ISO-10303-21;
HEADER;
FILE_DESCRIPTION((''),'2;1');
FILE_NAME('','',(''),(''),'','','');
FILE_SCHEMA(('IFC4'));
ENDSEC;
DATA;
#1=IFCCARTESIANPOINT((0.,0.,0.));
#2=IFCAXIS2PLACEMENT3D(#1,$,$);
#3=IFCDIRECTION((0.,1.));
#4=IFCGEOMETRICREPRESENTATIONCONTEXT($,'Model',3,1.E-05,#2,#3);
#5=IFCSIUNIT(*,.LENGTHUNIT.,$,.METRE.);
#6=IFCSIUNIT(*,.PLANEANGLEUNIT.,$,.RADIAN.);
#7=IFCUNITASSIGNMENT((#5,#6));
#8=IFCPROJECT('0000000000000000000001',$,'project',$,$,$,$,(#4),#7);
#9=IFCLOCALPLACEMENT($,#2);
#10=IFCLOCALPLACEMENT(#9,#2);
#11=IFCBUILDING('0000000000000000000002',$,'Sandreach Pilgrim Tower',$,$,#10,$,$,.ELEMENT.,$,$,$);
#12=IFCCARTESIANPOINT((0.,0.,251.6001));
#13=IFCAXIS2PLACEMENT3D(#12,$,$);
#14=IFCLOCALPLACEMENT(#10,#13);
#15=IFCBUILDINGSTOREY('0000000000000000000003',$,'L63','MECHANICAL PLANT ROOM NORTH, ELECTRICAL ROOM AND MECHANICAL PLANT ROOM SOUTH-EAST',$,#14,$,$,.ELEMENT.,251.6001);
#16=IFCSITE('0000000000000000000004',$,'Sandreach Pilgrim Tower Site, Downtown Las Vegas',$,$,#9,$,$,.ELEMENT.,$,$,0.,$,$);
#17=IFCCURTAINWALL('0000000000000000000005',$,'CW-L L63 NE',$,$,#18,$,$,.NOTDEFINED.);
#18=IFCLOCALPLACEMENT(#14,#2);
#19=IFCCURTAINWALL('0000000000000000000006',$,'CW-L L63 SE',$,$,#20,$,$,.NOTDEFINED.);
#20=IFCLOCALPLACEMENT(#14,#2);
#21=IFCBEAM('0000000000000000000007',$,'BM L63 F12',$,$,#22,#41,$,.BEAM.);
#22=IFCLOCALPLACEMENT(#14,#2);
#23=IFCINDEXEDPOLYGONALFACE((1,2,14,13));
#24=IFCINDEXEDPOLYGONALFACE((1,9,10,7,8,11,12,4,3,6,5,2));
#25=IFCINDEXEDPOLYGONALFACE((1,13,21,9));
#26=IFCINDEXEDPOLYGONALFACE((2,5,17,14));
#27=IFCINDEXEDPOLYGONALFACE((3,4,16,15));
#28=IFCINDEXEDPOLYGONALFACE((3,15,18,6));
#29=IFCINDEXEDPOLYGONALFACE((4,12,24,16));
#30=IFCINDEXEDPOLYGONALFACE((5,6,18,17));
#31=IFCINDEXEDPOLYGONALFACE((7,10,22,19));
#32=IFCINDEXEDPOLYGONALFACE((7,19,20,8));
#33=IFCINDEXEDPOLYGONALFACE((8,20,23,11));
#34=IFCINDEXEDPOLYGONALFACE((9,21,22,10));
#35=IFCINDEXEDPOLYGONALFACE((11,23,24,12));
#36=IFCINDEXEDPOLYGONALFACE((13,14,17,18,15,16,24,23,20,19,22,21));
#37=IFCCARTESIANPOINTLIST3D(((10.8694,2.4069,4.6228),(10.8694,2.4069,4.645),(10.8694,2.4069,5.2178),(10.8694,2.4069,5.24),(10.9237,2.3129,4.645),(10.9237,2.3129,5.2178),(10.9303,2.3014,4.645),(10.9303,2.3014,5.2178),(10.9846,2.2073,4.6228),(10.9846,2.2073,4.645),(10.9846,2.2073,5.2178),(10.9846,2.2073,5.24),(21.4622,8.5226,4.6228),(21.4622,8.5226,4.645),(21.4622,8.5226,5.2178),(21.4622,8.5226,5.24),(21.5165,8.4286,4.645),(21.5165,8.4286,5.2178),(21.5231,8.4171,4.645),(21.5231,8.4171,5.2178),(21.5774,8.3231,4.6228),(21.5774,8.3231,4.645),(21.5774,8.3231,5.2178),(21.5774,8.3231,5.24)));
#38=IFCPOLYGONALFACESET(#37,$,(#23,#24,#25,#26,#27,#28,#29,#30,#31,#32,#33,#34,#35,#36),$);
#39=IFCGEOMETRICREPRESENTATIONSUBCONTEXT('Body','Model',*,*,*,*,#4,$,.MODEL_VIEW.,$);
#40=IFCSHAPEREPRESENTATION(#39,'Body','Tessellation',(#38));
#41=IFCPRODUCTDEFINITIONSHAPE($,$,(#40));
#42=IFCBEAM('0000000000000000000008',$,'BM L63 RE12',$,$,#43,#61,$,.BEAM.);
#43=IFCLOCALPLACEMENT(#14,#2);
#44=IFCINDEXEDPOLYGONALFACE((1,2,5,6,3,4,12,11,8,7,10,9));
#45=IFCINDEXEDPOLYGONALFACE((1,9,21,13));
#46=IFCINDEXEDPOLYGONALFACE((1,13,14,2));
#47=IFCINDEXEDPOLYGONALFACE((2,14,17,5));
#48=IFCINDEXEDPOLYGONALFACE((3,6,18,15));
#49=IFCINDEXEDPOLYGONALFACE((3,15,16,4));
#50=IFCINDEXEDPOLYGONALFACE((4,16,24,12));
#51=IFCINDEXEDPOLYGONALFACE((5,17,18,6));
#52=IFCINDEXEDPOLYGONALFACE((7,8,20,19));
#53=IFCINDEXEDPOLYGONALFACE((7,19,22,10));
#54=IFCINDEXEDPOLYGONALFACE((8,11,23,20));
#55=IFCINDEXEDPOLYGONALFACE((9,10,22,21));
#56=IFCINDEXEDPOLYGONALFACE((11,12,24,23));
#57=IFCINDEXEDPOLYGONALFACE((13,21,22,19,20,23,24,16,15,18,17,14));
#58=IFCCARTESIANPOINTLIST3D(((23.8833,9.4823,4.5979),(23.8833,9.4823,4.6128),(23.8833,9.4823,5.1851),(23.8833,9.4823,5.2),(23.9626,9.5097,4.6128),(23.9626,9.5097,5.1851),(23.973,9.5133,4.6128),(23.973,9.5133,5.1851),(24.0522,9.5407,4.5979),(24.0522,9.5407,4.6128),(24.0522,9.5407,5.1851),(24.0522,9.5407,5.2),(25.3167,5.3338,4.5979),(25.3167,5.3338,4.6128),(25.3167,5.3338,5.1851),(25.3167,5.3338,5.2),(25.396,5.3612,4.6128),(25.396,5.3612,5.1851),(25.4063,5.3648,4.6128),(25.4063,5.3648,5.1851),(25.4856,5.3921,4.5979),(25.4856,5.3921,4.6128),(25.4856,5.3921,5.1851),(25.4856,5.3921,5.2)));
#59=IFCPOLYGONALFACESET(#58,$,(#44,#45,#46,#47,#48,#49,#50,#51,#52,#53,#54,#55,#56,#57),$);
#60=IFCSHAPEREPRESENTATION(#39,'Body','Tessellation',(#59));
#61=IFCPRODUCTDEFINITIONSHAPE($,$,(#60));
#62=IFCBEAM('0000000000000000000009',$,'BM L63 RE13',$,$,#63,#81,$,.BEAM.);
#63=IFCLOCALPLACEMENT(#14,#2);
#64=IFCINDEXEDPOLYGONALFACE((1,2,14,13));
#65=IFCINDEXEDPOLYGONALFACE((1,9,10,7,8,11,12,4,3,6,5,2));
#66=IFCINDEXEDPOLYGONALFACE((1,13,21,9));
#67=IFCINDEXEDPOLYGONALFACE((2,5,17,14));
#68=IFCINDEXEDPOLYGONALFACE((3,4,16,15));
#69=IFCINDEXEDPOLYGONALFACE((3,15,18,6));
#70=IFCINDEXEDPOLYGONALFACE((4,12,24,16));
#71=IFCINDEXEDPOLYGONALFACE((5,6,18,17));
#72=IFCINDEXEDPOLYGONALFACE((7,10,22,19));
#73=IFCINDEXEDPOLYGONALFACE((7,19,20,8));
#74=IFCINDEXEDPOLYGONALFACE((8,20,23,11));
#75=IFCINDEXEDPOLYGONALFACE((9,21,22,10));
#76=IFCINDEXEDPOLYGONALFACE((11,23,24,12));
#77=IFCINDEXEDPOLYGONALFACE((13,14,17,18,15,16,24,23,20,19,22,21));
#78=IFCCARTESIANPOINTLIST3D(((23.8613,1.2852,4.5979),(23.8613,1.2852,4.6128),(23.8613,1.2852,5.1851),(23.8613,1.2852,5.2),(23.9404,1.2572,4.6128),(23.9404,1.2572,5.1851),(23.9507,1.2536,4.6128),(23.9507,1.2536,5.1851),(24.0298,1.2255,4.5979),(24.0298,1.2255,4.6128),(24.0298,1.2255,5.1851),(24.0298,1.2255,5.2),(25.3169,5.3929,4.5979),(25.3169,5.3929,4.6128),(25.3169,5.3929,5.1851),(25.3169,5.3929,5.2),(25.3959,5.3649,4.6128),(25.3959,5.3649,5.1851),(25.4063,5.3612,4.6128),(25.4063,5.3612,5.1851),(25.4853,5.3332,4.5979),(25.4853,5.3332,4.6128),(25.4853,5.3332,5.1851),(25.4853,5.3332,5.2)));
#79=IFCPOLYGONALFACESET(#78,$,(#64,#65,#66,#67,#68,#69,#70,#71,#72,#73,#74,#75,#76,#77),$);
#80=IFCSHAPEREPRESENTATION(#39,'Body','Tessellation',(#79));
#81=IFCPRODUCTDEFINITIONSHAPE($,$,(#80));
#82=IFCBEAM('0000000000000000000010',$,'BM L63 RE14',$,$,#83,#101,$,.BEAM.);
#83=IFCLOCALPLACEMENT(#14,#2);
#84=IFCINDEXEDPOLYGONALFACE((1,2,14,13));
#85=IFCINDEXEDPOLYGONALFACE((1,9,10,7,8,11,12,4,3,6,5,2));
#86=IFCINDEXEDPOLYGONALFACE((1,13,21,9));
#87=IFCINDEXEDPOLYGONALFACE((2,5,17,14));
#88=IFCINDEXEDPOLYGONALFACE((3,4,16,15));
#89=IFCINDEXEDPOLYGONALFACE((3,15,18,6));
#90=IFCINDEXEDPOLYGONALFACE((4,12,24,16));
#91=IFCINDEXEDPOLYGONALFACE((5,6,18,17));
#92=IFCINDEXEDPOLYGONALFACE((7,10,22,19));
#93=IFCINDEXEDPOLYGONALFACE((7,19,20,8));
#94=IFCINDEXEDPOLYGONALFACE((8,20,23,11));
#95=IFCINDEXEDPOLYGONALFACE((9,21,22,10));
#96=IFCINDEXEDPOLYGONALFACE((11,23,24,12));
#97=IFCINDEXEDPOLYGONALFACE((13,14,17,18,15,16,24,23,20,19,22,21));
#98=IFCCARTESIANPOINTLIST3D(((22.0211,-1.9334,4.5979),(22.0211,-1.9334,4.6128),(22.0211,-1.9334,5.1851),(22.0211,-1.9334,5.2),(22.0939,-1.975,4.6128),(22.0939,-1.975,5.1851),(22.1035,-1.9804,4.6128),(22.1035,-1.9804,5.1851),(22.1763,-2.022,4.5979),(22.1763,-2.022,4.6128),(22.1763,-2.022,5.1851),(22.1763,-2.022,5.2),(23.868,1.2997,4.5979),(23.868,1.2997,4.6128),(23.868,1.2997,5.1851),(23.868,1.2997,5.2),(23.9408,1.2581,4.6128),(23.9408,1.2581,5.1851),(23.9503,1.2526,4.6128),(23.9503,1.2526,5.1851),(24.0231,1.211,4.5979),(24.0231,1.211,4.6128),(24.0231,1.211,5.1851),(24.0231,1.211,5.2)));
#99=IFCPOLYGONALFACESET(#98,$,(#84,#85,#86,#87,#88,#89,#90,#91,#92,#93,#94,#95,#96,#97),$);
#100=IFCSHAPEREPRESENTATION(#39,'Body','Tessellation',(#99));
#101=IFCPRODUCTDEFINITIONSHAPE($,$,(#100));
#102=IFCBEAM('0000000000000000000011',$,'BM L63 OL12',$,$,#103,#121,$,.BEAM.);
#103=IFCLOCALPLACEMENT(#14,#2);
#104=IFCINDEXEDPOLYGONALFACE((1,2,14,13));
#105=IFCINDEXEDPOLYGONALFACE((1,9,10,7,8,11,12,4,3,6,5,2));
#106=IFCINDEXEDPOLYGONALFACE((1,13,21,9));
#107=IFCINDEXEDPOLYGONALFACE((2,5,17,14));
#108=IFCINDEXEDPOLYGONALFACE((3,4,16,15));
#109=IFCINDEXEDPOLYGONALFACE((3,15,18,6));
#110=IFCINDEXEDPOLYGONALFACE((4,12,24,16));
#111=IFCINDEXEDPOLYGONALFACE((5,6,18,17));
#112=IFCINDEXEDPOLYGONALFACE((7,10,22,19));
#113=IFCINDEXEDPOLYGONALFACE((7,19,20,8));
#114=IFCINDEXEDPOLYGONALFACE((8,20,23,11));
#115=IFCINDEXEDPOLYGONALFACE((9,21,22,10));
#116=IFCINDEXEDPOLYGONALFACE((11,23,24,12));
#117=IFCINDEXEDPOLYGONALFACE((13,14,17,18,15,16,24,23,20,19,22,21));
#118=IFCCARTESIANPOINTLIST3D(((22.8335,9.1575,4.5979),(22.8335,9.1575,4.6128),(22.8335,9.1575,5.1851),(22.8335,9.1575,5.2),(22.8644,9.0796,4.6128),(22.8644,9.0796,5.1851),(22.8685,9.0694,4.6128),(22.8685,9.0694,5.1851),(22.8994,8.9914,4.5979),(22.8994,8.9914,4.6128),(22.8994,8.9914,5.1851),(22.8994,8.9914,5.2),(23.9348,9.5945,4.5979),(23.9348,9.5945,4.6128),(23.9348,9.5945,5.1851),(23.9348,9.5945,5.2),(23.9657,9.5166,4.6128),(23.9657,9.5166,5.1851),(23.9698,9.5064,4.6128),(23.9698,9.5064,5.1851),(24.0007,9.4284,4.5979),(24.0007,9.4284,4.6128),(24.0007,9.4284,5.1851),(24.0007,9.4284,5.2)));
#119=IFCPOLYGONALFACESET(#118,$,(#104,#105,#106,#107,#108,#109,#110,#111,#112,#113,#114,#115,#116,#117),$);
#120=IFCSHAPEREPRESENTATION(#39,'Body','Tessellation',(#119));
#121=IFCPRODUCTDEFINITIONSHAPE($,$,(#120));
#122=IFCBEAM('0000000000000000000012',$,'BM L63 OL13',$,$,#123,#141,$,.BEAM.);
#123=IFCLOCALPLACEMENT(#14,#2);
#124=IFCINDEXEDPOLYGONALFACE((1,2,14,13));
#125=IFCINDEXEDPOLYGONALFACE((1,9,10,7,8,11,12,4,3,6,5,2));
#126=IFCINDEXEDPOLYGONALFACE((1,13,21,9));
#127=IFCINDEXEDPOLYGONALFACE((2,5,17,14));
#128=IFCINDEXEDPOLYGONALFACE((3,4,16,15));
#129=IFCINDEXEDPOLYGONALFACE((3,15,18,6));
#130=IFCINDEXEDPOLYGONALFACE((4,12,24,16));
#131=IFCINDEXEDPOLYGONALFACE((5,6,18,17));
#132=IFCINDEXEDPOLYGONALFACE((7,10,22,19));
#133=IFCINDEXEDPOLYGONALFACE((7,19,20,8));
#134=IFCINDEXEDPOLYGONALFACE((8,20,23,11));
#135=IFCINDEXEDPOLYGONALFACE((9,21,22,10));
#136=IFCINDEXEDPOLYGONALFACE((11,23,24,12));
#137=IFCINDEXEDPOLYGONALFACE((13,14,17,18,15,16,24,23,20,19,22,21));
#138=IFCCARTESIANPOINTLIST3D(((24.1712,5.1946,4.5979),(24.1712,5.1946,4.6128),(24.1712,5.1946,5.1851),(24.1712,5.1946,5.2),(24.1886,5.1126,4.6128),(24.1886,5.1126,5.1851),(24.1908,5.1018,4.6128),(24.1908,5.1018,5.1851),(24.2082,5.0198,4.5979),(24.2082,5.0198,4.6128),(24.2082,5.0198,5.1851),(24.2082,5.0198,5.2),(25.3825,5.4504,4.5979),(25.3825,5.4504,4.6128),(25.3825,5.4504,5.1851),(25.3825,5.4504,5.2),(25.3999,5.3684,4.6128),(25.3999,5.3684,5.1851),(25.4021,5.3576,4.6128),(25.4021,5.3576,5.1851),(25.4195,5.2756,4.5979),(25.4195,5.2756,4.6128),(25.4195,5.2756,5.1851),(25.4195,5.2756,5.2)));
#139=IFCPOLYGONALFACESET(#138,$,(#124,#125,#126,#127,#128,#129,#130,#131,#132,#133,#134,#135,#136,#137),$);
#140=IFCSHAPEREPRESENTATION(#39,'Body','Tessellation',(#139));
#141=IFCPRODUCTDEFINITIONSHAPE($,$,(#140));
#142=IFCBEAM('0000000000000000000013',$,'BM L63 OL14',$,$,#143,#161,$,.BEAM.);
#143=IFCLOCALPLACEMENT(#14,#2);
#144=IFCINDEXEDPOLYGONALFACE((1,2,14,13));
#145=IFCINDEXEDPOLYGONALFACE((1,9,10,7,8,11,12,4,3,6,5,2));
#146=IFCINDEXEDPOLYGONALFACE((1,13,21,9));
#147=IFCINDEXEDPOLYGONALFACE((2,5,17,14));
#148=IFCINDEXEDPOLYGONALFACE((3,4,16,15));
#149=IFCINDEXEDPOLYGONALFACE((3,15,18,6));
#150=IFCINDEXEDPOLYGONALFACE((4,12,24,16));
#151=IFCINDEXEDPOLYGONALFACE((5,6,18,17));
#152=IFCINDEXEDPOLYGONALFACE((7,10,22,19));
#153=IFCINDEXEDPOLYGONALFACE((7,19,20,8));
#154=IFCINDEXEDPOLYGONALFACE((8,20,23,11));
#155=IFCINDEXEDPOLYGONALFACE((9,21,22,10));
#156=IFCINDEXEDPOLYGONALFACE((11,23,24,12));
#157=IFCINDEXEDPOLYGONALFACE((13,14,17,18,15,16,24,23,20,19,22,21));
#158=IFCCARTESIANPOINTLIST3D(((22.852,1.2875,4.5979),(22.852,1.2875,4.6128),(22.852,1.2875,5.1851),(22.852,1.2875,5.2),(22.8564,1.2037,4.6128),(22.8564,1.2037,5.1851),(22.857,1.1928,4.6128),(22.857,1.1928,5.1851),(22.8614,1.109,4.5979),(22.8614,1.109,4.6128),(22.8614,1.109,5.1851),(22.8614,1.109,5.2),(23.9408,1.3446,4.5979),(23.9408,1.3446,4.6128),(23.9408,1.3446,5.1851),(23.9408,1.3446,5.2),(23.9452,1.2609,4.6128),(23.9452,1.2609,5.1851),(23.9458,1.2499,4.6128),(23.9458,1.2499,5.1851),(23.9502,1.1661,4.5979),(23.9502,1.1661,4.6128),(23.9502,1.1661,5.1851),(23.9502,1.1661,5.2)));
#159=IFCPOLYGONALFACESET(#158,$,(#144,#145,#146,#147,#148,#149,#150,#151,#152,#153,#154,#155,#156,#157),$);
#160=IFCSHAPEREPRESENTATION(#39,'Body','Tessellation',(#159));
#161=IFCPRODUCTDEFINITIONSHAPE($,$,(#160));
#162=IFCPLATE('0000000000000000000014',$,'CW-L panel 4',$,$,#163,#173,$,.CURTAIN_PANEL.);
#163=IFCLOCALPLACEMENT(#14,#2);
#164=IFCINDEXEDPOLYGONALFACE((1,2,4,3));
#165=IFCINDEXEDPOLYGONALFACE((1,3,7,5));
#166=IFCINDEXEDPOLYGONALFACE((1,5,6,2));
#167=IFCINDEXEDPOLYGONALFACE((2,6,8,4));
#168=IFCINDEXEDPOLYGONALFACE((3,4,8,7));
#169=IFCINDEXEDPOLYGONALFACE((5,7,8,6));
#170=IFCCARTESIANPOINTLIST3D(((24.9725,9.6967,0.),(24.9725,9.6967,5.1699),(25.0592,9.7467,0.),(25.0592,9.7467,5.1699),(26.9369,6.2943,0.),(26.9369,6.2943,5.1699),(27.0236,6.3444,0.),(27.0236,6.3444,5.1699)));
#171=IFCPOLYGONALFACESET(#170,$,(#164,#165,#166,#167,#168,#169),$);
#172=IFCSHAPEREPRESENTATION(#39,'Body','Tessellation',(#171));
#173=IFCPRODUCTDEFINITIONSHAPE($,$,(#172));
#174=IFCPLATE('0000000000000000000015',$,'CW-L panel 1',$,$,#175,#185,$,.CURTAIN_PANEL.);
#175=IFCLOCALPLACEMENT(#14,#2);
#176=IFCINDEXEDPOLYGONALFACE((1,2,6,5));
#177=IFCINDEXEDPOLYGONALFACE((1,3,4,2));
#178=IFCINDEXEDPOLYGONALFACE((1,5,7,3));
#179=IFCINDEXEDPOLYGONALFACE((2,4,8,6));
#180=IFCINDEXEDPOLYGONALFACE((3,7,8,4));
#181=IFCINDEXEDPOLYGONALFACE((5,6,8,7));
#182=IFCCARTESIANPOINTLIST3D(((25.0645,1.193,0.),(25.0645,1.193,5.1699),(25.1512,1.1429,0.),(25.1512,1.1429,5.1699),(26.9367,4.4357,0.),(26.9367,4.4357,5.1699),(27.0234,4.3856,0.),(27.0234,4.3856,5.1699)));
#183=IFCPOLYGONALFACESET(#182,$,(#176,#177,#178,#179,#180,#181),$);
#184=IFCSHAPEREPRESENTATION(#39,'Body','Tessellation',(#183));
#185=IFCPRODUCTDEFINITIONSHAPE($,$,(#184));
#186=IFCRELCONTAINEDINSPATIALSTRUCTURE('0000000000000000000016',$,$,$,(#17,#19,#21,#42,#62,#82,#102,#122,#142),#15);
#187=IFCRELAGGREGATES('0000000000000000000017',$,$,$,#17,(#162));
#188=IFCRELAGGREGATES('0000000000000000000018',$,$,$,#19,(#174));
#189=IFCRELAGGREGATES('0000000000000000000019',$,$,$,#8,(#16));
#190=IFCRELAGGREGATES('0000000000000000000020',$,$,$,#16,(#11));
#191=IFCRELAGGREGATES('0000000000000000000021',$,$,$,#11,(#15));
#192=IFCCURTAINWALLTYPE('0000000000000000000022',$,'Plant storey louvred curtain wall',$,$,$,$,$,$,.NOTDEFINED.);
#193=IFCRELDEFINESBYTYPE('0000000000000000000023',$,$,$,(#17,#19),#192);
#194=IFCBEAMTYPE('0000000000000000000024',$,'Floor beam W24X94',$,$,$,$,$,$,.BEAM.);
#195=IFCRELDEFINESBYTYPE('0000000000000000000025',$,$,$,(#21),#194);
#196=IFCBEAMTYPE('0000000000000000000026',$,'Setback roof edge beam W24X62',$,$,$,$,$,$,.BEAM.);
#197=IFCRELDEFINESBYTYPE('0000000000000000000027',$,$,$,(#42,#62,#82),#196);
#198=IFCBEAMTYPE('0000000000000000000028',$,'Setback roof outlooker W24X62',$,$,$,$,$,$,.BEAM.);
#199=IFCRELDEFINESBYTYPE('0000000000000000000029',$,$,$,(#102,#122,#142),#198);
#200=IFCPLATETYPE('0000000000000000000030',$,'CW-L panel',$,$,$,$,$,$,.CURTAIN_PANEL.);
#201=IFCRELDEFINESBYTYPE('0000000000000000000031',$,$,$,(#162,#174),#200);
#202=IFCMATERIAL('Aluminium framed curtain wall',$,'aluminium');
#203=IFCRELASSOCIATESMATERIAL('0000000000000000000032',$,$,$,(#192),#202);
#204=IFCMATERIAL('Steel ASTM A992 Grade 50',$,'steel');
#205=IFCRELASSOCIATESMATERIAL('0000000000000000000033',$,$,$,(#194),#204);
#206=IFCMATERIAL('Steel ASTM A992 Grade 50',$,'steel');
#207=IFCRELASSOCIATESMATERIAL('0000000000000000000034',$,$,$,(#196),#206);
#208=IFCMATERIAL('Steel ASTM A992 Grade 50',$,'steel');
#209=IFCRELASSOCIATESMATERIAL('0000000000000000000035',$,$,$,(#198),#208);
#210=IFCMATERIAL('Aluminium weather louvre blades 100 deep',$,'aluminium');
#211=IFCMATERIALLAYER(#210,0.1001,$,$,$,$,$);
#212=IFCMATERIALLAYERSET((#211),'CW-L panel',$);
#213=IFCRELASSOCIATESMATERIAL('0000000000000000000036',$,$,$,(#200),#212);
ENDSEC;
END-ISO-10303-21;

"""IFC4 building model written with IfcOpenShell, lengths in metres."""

from ifc_helpers import new_model, si_unit, direction, frame, origin, origin_2d, place, context, subcontext, project, spatial, rectangle, i_section, extrude, material, layer, layer_set, material_profile, profile_set, type_object, element, aggregate, save


model = new_model("IFC4")

# Units and contexts
model_context = context("Model", 3, precision=1e-05, world=origin(), true_north=direction((0.0, 1.0)))
body_context = subcontext(model_context, "Body", "Model", "MODEL_VIEW")
ifc_project = project(units=[si_unit("LENGTHUNIT", "METRE"), si_unit("PLANEANGLEUNIT", "RADIAN")], contexts=[model_context])

# Site, building, storey
site_placement = place(None, origin())
site = spatial("IfcSite", under=ifc_project, at=site_placement, Name="Sandreach Pilgrim Tower Site, Downtown Las Vegas", CompositionType="ELEMENT", RefElevation=0.0)
building_placement = place(site_placement, origin())
building = spatial("IfcBuilding", under=site, at=building_placement, Name="Sandreach Pilgrim Tower", CompositionType="ELEMENT")
storey_placement = place(building_placement, frame((0.0, 0.0, 251.6001)))
storey = spatial("IfcBuildingStorey", under=building, at=storey_placement, Name="L63", Description="MECHANICAL PLANT ROOM NORTH, ELECTRICAL ROOM AND MECHANICAL PLANT ROOM SOUTH-EAST", CompositionType="ELEMENT", Elevation=251.6001)

# Curtain wall
ifc_material_1 = material(Name="Aluminium framed curtain wall", Category="aluminium")
curtain_wall_type = type_object("IfcCurtainWallType", Name="Plant storey louvred curtain wall", PredefinedType="NOTDEFINED", material=ifc_material_1)
curtain_wall_1_placement = place(storey_placement, origin())
curtain_wall_1 = element("IfcCurtainWall", 1, at=curtain_wall_1_placement, inside=storey, type_object=curtain_wall_type, Name="CW-L L63 NE", PredefinedType="NOTDEFINED")

# Curtain wall
curtain_wall_2_placement = place(storey_placement, origin())
curtain_wall_2 = element("IfcCurtainWall", 2, at=curtain_wall_2_placement, inside=storey, type_object=curtain_wall_type, Name="CW-L L63 SE", PredefinedType="NOTDEFINED")

# Beams
ifc_material_2 = material(Name="Steel ASTM A992 Grade 50", Category="steel")
ifc_material_profile_1 = material_profile(ifc_material_2, i_section(OverallWidth=0.2305, OverallDepth=0.6172, WebThickness=0.0132, FlangeThickness=0.0222, at=origin_2d()), Name="W24X94")
ifc_profile_set_1 = profile_set([ifc_material_profile_1], Name="Steel ASTM A992 Grade 50")
beam_type_1 = type_object("IfcBeamType", Name="Floor beam W24X94", PredefinedType="BEAM", material=ifc_profile_set_1)
beam_1_placement = place(storey_placement, frame((21.5198, 8.4229, 4.9314), z_axis=(-0.866026, -0.499999, 0.0), x_axis=(0.499999, -0.866026, 0.0)))
element("IfcBeam", 3, at=beam_1_placement, inside=storey, type_object=beam_type_1, Name="BM L63 F12", PredefinedType="BEAM", context=body_context, shape_type="SweptSolid", body=[
    extrude(i_section(OverallWidth=0.2305, OverallDepth=0.6172, WebThickness=0.0132, FlangeThickness=0.0222, at=origin_2d()), origin(), (0.0, 0.0, 1.0), 12.2314),
])
ifc_material_3 = material(Name="Steel ASTM A992 Grade 50", Category="steel")
ifc_material_profile_2 = material_profile(ifc_material_3, i_section(OverallWidth=0.1787, OverallDepth=0.6021, WebThickness=0.011, FlangeThickness=0.0149, at=origin_2d()), Name="W24X62")
ifc_profile_set_2 = profile_set([ifc_material_profile_2], Name="Steel ASTM A992 Grade 50")
beam_type_2 = type_object("IfcBeamType", Name="Setback roof edge beam W24X62", PredefinedType="BEAM", material=ifc_profile_set_2)
beam_2_placement = place(storey_placement, frame((23.9678, 9.5115, 4.8989), z_axis=(0.326572, -0.945172, 0.0), x_axis=(0.945172, 0.326572, 0.0)))
element("IfcBeam", 4, at=beam_2_placement, inside=storey, type_object=beam_type_2, Name="BM L63 RE12", PredefinedType="BEAM", context=body_context, shape_type="SweptSolid", body=[
    extrude(i_section(OverallWidth=0.1787, OverallDepth=0.6021, WebThickness=0.011, FlangeThickness=0.0149, at=origin_2d()), origin(), (0.0, 0.0, 1.0), 4.3892),
])
beam_3_placement = place(storey_placement, frame((25.4011, 5.363, 4.8989), z_axis=(-0.334004, -0.942572, 0.0), x_axis=(0.942572, -0.334004, 0.0)))
element("IfcBeam", 5, at=beam_3_placement, inside=storey, type_object=beam_type_2, Name="BM L63 RE13", PredefinedType="BEAM", context=body_context, shape_type="SweptSolid", body=[
    extrude(i_section(OverallWidth=0.1787, OverallDepth=0.6021, WebThickness=0.011, FlangeThickness=0.0149, at=origin_2d()), origin(), (0.0, 0.0, 1.0), 4.3579),
])
beam_4_placement = place(storey_placement, frame((23.9456, 1.2554, 4.8989), z_axis=(-0.496019, -0.868312, 0.0), x_axis=(0.868312, -0.496019, 0.0)))
element("IfcBeam", 6, at=beam_4_placement, inside=storey, type_object=beam_type_2, Name="BM L63 RE14", PredefinedType="BEAM", context=body_context, shape_type="SweptSolid", body=[
    extrude(i_section(OverallWidth=0.1787, OverallDepth=0.6021, WebThickness=0.011, FlangeThickness=0.0149, at=origin_2d()), origin(), (0.0, 0.0, 1.0), 3.7234),
])
ifc_material_4 = material(Name="Steel ASTM A992 Grade 50", Category="steel")
ifc_material_profile_3 = material_profile(ifc_material_4, i_section(OverallWidth=0.1787, OverallDepth=0.6021, WebThickness=0.011, FlangeThickness=0.0149, at=origin_2d()), Name="W24X62")
ifc_profile_set_3 = profile_set([ifc_material_profile_3], Name="Steel ASTM A992 Grade 50")
beam_type_3 = type_object("IfcBeamType", Name="Setback roof outlooker W24X62", PredefinedType="BEAM", material=ifc_profile_set_3)
beam_5_placement = place(storey_placement, frame((22.8665, 9.0745, 4.8989), z_axis=(0.929496, 0.368831, 0.0), x_axis=(-0.368831, 0.929496, 0.0)))
element("IfcBeam", 7, at=beam_5_placement, inside=storey, type_object=beam_type_3, Name="BM L63 OL12", PredefinedType="BEAM", context=body_context, shape_type="SweptSolid", body=[
    extrude(i_section(OverallWidth=0.1787, OverallDepth=0.6021, WebThickness=0.011, FlangeThickness=0.0149, at=origin_2d()), origin(), (0.0, 0.0, 1.0), 1.1848),
])
beam_6_placement = place(storey_placement, frame((24.1897, 5.1072, 4.8989), z_axis=(0.978416, 0.206646, 0.0), x_axis=(-0.206646, 0.978416, 0.0)))
element("IfcBeam", 8, at=beam_6_placement, inside=storey, type_object=beam_type_3, Name="BM L63 OL13", PredefinedType="BEAM", context=body_context, shape_type="SweptSolid", body=[
    extrude(i_section(OverallWidth=0.1787, OverallDepth=0.6021, WebThickness=0.011, FlangeThickness=0.0149, at=origin_2d()), origin(), (0.0, 0.0, 1.0), 1.238),
])
beam_7_placement = place(storey_placement, frame((22.8567, 1.1982, 4.8989), z_axis=(0.998626, 0.052394, 0.0), x_axis=(-0.052394, 0.998626, 0.0)))
element("IfcBeam", 9, at=beam_7_placement, inside=storey, type_object=beam_type_3, Name="BM L63 OL14", PredefinedType="BEAM", context=body_context, shape_type="SweptSolid", body=[
    extrude(i_section(OverallWidth=0.1787, OverallDepth=0.6021, WebThickness=0.011, FlangeThickness=0.0149, at=origin_2d()), origin(), (0.0, 0.0, 1.0), 1.0903),
])

# Plates
ifc_material_5 = material(Name="Aluminium weather louvre blades 100 deep", Category="aluminium")
ifc_layer_1 = layer(ifc_material_5, 0.1001)
ifc_layer_set_1 = layer_set([ifc_layer_1], Name="CW-L panel")
plate_type = type_object("IfcPlateType", Name="CW-L panel", PredefinedType="CURTAIN_PANEL", material=ifc_layer_set_1)
plate_1_placement = place(storey_placement, frame((25.998, 8.0205, 0.0), z_axis=(0.0, 0.0, 1.0), x_axis=(0.5, -0.866025, 0.0)))
plate_1 = element("IfcPlate", 10, at=plate_1_placement, type_object=plate_type, Name="CW-L panel 4", PredefinedType="CURTAIN_PANEL", context=body_context, shape_type="SweptSolid", body=[
    extrude(rectangle(XDim=3.9287, YDim=0.1001, at=origin_2d()), origin(), (0.0, 0.0, 1.0), 5.1699),
])
aggregate(curtain_wall_1, [plate_1])
plate_2_placement = place(storey_placement, frame((26.0439, 2.7893, 0.0), z_axis=(0.0, 0.0, 1.0), x_axis=(-0.5, -0.866025, 0.0)))
plate_2 = element("IfcPlate", 11, at=plate_2_placement, type_object=plate_type, Name="CW-L panel 1", PredefinedType="CURTAIN_PANEL", context=body_context, shape_type="SweptSolid", body=[
    extrude(rectangle(XDim=3.7444, YDim=0.1001, at=origin_2d()), origin(), (0.0, 0.0, 1.0), 5.1699),
])
aggregate(curtain_wall_2, [plate_2])

save(model, "model.ifc")
